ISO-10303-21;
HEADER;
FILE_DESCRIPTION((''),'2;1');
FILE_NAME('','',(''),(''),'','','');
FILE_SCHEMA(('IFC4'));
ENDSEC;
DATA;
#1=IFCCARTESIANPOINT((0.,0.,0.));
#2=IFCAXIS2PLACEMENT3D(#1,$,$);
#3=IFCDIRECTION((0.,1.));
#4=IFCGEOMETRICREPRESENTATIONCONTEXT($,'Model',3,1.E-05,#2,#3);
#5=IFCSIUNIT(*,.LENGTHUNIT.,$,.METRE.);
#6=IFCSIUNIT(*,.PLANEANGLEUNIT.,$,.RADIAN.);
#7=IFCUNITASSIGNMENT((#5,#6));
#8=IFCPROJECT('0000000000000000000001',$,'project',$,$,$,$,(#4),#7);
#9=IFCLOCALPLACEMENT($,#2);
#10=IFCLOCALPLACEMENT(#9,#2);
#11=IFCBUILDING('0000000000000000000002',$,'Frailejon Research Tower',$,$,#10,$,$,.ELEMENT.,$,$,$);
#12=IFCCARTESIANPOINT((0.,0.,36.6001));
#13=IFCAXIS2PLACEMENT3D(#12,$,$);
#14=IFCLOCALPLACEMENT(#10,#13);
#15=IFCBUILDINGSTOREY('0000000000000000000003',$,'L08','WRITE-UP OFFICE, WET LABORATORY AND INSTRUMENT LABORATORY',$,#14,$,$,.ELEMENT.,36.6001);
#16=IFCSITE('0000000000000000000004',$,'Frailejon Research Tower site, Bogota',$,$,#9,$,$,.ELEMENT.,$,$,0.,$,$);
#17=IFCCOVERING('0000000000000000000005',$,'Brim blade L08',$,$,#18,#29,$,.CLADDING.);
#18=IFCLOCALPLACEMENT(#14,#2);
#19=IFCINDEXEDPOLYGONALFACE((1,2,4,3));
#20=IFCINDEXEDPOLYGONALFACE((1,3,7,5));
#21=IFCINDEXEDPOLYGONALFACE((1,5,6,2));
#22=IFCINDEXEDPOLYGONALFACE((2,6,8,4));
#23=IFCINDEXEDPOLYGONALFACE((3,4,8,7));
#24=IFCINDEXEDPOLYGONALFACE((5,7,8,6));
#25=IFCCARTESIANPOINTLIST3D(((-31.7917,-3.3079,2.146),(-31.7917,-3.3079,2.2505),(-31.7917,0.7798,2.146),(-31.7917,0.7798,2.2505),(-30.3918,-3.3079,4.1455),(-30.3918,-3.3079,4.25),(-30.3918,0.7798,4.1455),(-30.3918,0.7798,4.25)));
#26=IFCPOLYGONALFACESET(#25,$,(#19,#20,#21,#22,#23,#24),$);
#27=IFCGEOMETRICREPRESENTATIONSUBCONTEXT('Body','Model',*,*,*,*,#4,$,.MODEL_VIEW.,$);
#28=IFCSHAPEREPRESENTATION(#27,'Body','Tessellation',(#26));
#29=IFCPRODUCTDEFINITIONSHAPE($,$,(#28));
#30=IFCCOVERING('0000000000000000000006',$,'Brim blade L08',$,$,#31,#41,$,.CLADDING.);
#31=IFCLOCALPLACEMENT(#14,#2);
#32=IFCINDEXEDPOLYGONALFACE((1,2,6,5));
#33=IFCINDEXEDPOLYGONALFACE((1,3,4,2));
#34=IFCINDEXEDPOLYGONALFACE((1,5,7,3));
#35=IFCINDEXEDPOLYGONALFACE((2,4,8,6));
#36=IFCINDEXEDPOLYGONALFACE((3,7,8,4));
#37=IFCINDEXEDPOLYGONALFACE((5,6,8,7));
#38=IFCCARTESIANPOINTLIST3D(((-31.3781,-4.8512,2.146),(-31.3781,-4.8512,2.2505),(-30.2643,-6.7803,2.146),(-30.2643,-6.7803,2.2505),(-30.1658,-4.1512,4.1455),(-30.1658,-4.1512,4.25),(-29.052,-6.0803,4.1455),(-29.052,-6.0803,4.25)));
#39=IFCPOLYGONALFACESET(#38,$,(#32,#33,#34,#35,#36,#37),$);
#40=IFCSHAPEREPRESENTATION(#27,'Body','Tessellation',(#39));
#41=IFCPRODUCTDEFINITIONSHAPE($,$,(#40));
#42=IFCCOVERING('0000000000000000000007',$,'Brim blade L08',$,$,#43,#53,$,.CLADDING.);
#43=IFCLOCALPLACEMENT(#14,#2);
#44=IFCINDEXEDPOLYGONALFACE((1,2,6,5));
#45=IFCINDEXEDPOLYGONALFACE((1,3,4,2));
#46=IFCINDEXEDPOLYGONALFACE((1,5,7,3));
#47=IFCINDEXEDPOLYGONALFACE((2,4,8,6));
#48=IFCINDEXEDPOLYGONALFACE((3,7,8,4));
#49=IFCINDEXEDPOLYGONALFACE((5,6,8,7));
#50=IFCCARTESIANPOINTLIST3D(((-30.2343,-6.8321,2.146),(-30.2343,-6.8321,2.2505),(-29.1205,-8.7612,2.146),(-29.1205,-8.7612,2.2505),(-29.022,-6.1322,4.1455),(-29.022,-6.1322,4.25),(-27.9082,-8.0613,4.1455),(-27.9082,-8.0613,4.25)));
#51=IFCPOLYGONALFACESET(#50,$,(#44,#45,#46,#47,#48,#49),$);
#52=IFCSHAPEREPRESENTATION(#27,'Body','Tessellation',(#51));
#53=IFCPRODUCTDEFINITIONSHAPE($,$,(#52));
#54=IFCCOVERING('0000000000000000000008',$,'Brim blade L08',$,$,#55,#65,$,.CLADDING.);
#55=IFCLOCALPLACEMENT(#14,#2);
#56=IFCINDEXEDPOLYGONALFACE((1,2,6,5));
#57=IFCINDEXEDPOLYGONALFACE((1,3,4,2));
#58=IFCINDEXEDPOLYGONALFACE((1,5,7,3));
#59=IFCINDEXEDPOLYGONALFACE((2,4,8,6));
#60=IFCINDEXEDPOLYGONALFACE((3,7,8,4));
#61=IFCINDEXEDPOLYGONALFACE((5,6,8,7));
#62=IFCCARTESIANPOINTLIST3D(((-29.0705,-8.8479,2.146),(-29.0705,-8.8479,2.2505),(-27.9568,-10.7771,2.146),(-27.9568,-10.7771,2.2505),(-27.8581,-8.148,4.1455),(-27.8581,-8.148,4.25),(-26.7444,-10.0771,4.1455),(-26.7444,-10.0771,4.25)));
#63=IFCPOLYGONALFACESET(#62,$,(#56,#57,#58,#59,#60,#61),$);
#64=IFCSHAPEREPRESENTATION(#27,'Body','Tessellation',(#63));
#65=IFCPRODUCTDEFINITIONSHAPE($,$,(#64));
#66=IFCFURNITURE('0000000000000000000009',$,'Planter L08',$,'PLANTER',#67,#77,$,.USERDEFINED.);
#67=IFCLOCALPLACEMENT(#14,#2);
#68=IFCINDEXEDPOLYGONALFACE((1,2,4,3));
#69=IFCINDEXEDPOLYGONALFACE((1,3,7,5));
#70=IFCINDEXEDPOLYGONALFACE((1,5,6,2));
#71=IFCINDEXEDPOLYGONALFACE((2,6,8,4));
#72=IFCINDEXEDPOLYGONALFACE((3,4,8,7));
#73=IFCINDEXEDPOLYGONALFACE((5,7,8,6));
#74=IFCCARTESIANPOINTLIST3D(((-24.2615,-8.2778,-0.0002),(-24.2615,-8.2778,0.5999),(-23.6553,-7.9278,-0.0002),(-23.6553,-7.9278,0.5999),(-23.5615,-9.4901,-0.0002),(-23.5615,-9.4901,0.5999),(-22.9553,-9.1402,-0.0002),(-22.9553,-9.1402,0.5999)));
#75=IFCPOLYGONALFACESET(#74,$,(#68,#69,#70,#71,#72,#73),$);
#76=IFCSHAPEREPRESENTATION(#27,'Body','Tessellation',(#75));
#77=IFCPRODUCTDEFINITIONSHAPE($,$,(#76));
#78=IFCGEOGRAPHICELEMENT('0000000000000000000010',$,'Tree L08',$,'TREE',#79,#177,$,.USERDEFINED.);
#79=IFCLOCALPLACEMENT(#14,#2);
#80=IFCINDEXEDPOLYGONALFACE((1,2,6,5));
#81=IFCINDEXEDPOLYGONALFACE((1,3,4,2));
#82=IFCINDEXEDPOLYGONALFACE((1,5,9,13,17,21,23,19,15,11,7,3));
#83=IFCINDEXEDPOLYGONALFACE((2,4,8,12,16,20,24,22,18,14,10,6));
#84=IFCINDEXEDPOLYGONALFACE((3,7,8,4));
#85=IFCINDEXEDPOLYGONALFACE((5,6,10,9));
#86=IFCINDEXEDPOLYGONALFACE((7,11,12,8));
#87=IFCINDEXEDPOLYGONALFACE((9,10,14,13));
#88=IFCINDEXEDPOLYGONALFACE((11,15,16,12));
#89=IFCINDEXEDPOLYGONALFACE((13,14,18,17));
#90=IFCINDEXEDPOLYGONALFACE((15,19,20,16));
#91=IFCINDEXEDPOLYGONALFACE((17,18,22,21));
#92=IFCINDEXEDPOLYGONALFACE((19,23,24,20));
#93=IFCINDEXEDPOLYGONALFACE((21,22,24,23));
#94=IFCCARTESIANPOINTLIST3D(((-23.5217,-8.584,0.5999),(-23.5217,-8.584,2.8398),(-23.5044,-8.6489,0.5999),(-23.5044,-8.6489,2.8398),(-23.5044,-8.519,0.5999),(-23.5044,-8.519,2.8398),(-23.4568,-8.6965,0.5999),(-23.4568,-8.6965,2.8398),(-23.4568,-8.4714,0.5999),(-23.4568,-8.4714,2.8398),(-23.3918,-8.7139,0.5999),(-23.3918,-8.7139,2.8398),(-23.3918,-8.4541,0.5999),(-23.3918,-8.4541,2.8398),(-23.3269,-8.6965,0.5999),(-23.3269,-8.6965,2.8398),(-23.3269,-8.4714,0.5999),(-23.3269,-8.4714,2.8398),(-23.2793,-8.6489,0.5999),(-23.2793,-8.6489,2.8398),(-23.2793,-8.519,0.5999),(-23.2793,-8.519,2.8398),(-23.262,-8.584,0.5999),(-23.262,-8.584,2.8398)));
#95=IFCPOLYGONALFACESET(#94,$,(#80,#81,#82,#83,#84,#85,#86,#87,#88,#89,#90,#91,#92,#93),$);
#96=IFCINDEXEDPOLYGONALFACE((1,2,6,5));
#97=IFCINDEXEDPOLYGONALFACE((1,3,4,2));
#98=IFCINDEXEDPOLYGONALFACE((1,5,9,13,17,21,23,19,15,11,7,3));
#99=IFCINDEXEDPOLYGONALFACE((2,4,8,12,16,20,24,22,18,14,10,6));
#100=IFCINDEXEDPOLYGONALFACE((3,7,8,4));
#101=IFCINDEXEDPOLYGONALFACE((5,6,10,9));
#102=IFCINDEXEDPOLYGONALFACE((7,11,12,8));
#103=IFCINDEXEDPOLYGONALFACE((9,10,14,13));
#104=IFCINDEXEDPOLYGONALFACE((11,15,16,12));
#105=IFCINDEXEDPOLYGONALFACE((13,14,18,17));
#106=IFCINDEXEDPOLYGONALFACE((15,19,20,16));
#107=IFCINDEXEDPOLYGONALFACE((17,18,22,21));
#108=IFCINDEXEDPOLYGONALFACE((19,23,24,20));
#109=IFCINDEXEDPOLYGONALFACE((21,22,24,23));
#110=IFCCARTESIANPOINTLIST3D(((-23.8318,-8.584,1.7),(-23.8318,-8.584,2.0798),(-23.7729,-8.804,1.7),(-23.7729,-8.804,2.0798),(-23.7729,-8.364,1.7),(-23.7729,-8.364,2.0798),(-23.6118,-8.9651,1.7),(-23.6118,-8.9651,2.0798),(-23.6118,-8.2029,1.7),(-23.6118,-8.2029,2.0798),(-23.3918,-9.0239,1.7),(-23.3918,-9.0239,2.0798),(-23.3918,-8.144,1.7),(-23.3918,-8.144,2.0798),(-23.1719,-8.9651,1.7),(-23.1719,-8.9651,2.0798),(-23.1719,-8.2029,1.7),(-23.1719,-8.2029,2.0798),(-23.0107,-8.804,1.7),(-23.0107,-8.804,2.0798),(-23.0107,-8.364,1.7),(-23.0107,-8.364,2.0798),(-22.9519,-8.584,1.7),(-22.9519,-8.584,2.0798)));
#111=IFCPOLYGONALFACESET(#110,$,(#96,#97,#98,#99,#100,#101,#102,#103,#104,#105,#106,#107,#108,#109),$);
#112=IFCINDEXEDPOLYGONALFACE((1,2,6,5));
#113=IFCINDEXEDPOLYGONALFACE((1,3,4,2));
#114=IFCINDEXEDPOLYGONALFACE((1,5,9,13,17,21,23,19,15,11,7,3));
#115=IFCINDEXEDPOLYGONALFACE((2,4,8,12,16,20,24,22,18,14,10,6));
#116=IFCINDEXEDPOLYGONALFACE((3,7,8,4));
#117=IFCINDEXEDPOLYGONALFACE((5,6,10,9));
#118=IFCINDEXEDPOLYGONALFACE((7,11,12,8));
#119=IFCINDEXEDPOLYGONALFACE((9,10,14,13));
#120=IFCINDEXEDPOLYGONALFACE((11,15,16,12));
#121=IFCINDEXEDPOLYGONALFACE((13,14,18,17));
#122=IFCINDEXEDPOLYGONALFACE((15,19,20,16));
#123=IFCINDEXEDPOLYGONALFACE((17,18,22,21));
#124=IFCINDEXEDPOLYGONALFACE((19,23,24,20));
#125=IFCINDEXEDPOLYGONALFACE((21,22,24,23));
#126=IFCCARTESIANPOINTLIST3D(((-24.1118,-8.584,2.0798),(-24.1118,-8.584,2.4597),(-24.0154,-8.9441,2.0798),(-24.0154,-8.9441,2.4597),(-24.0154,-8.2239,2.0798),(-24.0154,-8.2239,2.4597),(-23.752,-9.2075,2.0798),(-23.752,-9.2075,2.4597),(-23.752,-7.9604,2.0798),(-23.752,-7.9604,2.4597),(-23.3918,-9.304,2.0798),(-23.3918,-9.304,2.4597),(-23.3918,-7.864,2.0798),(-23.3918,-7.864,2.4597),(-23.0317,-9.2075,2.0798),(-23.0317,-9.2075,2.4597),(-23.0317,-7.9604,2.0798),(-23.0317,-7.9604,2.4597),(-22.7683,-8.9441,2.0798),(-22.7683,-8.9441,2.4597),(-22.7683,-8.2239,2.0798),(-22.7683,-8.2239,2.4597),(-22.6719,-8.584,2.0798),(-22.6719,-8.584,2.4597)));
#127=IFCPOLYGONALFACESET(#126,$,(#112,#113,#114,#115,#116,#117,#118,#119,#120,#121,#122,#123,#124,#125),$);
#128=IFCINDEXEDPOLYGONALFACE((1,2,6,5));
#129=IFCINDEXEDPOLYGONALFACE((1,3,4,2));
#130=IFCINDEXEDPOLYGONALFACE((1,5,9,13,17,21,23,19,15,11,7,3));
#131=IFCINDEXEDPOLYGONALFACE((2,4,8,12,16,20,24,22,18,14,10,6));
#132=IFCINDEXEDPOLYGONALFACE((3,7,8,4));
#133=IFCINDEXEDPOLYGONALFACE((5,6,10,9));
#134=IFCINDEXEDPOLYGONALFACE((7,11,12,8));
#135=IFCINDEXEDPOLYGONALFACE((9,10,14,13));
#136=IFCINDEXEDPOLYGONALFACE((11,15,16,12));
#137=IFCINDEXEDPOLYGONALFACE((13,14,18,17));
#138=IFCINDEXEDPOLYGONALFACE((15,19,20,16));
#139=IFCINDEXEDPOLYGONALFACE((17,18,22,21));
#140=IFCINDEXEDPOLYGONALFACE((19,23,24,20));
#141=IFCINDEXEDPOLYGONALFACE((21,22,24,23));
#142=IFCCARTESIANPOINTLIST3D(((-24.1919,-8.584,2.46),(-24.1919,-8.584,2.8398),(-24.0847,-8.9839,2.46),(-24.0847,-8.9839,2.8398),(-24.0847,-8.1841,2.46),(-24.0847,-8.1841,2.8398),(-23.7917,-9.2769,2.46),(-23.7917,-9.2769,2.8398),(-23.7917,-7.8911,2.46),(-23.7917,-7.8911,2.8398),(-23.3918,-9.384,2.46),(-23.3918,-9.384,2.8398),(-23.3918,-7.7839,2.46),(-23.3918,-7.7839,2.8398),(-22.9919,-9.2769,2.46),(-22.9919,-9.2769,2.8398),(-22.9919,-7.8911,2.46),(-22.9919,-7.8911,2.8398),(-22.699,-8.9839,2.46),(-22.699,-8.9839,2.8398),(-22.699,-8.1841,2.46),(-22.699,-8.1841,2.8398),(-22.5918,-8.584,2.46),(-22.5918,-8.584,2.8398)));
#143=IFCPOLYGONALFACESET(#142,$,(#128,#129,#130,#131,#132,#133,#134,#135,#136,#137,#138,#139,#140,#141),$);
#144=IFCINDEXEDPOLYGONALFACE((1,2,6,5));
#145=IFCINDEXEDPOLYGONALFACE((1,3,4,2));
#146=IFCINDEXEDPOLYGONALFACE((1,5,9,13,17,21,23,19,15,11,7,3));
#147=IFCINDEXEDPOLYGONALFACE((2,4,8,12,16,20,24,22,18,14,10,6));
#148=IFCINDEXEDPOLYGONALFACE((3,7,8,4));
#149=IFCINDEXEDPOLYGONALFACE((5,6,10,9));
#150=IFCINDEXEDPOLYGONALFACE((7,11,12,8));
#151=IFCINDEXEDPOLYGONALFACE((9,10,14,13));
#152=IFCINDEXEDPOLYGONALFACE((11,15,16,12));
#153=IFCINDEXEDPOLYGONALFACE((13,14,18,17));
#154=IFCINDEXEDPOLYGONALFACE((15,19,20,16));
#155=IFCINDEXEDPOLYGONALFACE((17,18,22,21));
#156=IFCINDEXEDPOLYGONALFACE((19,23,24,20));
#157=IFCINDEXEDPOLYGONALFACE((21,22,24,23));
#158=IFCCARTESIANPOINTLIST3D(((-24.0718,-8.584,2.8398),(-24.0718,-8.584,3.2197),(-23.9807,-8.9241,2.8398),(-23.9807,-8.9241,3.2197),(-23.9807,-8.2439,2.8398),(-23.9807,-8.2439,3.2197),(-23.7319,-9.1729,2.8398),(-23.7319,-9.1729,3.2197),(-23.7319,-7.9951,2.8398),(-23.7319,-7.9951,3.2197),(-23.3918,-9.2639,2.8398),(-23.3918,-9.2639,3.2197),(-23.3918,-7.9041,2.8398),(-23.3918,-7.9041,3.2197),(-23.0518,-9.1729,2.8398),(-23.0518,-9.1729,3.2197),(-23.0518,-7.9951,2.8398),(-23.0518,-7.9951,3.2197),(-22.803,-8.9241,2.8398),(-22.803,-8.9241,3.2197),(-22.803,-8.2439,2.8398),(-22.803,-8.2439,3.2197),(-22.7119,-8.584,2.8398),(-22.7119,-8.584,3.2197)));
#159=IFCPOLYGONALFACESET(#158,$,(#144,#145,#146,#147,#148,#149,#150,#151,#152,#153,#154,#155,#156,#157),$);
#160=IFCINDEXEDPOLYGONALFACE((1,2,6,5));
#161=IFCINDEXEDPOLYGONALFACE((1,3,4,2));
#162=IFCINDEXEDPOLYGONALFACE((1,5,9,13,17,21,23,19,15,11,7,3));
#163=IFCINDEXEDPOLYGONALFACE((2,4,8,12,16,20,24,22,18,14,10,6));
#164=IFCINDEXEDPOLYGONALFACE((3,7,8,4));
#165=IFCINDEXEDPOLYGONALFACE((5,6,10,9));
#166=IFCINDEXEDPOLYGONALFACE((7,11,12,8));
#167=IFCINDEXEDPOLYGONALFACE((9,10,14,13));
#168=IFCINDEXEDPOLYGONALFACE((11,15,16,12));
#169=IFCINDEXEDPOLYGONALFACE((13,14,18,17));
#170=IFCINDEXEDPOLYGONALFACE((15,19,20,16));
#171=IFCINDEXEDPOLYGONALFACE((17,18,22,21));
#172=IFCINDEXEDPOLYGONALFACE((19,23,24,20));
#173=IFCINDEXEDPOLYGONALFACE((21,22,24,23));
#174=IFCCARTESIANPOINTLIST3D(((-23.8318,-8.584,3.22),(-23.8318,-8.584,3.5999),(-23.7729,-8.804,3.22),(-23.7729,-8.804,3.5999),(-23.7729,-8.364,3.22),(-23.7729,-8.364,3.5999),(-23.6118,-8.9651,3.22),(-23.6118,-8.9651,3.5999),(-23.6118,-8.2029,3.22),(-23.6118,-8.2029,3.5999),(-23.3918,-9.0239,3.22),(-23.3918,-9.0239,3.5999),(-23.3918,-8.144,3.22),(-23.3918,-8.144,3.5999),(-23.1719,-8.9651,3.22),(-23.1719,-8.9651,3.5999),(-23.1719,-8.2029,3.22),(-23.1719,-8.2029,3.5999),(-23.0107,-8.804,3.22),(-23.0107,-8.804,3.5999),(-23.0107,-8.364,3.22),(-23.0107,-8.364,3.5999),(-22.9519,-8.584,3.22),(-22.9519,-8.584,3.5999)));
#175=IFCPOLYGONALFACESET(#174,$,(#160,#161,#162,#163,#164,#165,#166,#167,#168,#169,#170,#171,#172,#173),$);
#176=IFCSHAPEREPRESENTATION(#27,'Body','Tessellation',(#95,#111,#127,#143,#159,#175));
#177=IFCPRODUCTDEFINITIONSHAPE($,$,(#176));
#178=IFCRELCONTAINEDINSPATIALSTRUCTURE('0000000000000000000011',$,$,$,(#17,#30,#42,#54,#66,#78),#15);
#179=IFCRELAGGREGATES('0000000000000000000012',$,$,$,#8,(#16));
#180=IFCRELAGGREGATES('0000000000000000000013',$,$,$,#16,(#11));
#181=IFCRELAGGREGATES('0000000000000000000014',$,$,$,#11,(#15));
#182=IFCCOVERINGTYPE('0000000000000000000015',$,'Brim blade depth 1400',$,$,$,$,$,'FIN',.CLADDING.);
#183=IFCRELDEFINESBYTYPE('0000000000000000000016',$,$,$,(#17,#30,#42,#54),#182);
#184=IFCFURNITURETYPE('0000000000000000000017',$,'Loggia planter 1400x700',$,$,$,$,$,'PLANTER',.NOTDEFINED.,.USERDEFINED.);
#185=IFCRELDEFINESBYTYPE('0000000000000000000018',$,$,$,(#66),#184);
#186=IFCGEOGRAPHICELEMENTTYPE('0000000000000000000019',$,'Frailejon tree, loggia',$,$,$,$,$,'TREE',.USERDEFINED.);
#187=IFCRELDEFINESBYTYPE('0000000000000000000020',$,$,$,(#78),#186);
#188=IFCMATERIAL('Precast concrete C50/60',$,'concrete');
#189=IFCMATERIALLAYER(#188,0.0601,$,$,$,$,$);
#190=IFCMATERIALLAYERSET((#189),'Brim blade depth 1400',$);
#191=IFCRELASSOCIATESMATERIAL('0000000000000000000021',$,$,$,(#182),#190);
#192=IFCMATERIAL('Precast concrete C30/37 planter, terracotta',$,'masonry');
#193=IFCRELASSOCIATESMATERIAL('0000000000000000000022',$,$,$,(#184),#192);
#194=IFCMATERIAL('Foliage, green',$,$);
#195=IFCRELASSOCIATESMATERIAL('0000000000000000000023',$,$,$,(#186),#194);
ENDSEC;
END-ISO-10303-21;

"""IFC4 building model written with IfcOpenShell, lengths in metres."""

from ifc_helpers import new_model, si_unit, direction, frame, origin, origin_2d, place, context, subcontext, project, spatial, polyline, rectangle, outline, extrude, material, layer, layer_set, type_object, element, save


model = new_model("IFC4")

# Units and contexts
model_context = context("Model", 3, precision=1e-05, world=origin(), true_north=direction((0.0, 1.0)))
body_context = subcontext(model_context, "Body", "Model", "MODEL_VIEW")
ifc_project = project(units=[si_unit("LENGTHUNIT", "METRE"), si_unit("PLANEANGLEUNIT", "RADIAN")], contexts=[model_context])

# Site, building, storey
site_placement = place(None, origin())
site = spatial("IfcSite", under=ifc_project, at=site_placement, Name="Frailejon Research Tower site, Bogota", CompositionType="ELEMENT", RefElevation=0.0)
building_placement = place(site_placement, origin())
building = spatial("IfcBuilding", under=site, at=building_placement, Name="Frailejon Research Tower", CompositionType="ELEMENT")
storey_placement = place(building_placement, frame((0.0, 0.0, 36.6001)))
storey = spatial("IfcBuildingStorey", under=building, at=storey_placement, Name="L08", Description="WRITE-UP OFFICE, WET LABORATORY AND INSTRUMENT LABORATORY", CompositionType="ELEMENT", Elevation=36.6001)

# Coverings
ifc_material_1 = material(Name="Precast concrete C50/60", Category="concrete")
ifc_layer_1 = layer(ifc_material_1, 0.0601)
ifc_layer_set_1 = layer_set([ifc_layer_1], Name="Brim blade depth 1400")
covering_type = type_object("IfcCoveringType", Name="Brim blade depth 1400", ElementType="FIN", PredefinedType="CLADDING", material=ifc_layer_set_1)
covering_placement = place(storey_placement, frame((-30.3918, -3.3079, 4.25), z_axis=(0.0, 1.0, 0.0), x_axis=(-1.0, 0.0, 0.0)))
element("IfcCovering", 1, at=covering_placement, inside=storey, type_object=covering_type, Name="Brim blade L08", PredefinedType="CLADDING", context=body_context, shape_type="SweptSolid", body=[
    extrude(outline(polyline([(0.0, -0.1045), (1.3999, -2.104), (1.3999, -1.9995), (0.0, 0.0), (0.0, -0.1045)])), origin(), (0.0, 0.0, 1.0), 4.0876),
])
for number, where, z_axis, x_axis, name in (
    (2, (-29.052, -6.0803, 4.25), (-0.500008, 0.866021, 0.0), (-0.866021, -0.500008, 0.0), "Brim blade L08"),
    (3, (-27.9082, -8.0613, 4.25), (-0.500008, 0.866021, 0.0), (-0.866021, -0.500008, 0.0), "Brim blade L08"),
    (4, (-26.7444, -10.0771, 4.25), (-0.499982, 0.866036, 0.0), (-0.866036, -0.499982, 0.0), "Brim blade L08"),
):
    element("IfcCovering", number, at=place(storey_placement, frame(where, z_axis=z_axis, x_axis=x_axis)), inside=storey, type_object=covering_type, Name=name, PredefinedType="CLADDING", context=body_context, shape_type="SweptSolid", body=[
        extrude(outline(polyline([(0.0, -0.1045), (1.3999, -2.104), (1.3999, -1.9995), (0.0, 0.0), (0.0, -0.1045)])), origin(), (0.0, 0.0, 1.0), 2.2275),
    ])

# Furniture
ifc_material_2 = material(Name="Precast concrete C30/37 planter, terracotta", Category="masonry")
furniture_type = type_object("IfcFurnitureType", Name="Loggia planter 1400x700", ElementType="PLANTER", AssemblyPlace="NOTDEFINED", PredefinedType="USERDEFINED", material=ifc_material_2)
furniture_placement = place(storey_placement, frame((-23.6084, -8.709, -0.0002), z_axis=(0.0, 0.0, 1.0), x_axis=(0.5, -0.866025, 0.0)))
element("IfcFurniture", 5, at=furniture_placement, inside=storey, type_object=furniture_type, Name="Planter L08", ObjectType="PLANTER", PredefinedType="USERDEFINED", context=body_context, shape_type="SweptSolid", body=[
    extrude(rectangle(XDim=1.3999, YDim=0.7, at=origin_2d()), origin(), (0.0, 0.0, 1.0), 0.6001),
])

# Geographic element
ifc_material_3 = material(Name="Foliage, green")
geographic_element_type = type_object("IfcGeographicElementType", Name="Frailejon tree, loggia", ElementType="TREE", PredefinedType="USERDEFINED", material=ifc_material_3)
geographic_element_placement = place(storey_placement, frame((-23.3918, -8.584, 0.5999)))
element("IfcGeographicElement", 6, at=geographic_element_placement, inside=storey, type_object=geographic_element_type, Name="Tree L08", ObjectType="TREE", PredefinedType="USERDEFINED", context=body_context, shape_type="SweptSolid", body=[
    extrude(outline(polyline([(0.1299, 0.0), (0.1125, 0.0649), (0.0649, 0.1125), (0.0, 0.1299), (-0.0649, 0.1125), (-0.1125, 0.0649), (-0.1299, 0.0), (-0.1125, -0.0649), (-0.0649, -0.1125), (0.0, -0.1299), (0.0649, -0.1125), (0.1125, -0.0649), (0.1299, 0.0)])), origin(), (0.0, 0.0, 1.0), 2.24),
    extrude(outline(polyline([(0.4399, 0.0), (0.3811, 0.22), (0.22, 0.3811), (0.0, 0.4399), (-0.22, 0.3811), (-0.3811, 0.22), (-0.4399, 0.0), (-0.3811, -0.22), (-0.22, -0.3811), (0.0, -0.4399), (0.22, -0.3811), (0.3811, -0.22), (0.4399, 0.0)])), frame((0.0, 0.0, 1.1001)), (0.0, 0.0, 1.0), 0.3799),
    extrude(outline(polyline([(0.72, 0.0), (0.6235, 0.3601), (0.3601, 0.6235), (0.0, 0.72), (-0.3601, 0.6235), (-0.6235, 0.3601), (-0.72, 0.0), (-0.6235, -0.3601), (-0.3601, -0.6235), (0.0, -0.72), (0.3601, -0.6235), (0.6235, -0.3601), (0.72, 0.0)])), frame((0.0, 0.0, 1.48)), (0.0, 0.0, 1.0), 0.3799),
    extrude(outline(polyline([(0.8, 0.0), (0.6929, 0.3999), (0.3999, 0.6929), (0.0, 0.8), (-0.3999, 0.6929), (-0.6929, 0.3999), (-0.8, 0.0), (-0.6929, -0.3999), (-0.3999, -0.6929), (0.0, -0.8), (0.3999, -0.6929), (0.6929, -0.3999), (0.8, 0.0)])), frame((0.0, 0.0, 1.8601)), (0.0, 0.0, 1.0), 0.3799),
    extrude(outline(polyline([(0.6799, 0.0), (0.5889, 0.3401), (0.3401, 0.5889), (0.0, 0.6799), (-0.3401, 0.5889), (-0.5889, 0.3401), (-0.6799, 0.0), (-0.5889, -0.3401), (-0.3401, -0.5889), (0.0, -0.6799), (0.3401, -0.5889), (0.5889, -0.3401), (0.6799, 0.0)])), frame((0.0, 0.0, 2.24)), (0.0, 0.0, 1.0), 0.3799),
    extrude(outline(polyline([(0.4399, 0.0), (0.3811, 0.22), (0.22, 0.3811), (0.0, 0.4399), (-0.22, 0.3811), (-0.3811, 0.22), (-0.4399, 0.0), (-0.3811, -0.22), (-0.22, -0.3811), (0.0, -0.4399), (0.22, -0.3811), (0.3811, -0.22), (0.4399, 0.0)])), frame((0.0, 0.0, 2.6201)), (0.0, 0.0, 1.0), 0.3799),
])

save(model, "model.ifc")
